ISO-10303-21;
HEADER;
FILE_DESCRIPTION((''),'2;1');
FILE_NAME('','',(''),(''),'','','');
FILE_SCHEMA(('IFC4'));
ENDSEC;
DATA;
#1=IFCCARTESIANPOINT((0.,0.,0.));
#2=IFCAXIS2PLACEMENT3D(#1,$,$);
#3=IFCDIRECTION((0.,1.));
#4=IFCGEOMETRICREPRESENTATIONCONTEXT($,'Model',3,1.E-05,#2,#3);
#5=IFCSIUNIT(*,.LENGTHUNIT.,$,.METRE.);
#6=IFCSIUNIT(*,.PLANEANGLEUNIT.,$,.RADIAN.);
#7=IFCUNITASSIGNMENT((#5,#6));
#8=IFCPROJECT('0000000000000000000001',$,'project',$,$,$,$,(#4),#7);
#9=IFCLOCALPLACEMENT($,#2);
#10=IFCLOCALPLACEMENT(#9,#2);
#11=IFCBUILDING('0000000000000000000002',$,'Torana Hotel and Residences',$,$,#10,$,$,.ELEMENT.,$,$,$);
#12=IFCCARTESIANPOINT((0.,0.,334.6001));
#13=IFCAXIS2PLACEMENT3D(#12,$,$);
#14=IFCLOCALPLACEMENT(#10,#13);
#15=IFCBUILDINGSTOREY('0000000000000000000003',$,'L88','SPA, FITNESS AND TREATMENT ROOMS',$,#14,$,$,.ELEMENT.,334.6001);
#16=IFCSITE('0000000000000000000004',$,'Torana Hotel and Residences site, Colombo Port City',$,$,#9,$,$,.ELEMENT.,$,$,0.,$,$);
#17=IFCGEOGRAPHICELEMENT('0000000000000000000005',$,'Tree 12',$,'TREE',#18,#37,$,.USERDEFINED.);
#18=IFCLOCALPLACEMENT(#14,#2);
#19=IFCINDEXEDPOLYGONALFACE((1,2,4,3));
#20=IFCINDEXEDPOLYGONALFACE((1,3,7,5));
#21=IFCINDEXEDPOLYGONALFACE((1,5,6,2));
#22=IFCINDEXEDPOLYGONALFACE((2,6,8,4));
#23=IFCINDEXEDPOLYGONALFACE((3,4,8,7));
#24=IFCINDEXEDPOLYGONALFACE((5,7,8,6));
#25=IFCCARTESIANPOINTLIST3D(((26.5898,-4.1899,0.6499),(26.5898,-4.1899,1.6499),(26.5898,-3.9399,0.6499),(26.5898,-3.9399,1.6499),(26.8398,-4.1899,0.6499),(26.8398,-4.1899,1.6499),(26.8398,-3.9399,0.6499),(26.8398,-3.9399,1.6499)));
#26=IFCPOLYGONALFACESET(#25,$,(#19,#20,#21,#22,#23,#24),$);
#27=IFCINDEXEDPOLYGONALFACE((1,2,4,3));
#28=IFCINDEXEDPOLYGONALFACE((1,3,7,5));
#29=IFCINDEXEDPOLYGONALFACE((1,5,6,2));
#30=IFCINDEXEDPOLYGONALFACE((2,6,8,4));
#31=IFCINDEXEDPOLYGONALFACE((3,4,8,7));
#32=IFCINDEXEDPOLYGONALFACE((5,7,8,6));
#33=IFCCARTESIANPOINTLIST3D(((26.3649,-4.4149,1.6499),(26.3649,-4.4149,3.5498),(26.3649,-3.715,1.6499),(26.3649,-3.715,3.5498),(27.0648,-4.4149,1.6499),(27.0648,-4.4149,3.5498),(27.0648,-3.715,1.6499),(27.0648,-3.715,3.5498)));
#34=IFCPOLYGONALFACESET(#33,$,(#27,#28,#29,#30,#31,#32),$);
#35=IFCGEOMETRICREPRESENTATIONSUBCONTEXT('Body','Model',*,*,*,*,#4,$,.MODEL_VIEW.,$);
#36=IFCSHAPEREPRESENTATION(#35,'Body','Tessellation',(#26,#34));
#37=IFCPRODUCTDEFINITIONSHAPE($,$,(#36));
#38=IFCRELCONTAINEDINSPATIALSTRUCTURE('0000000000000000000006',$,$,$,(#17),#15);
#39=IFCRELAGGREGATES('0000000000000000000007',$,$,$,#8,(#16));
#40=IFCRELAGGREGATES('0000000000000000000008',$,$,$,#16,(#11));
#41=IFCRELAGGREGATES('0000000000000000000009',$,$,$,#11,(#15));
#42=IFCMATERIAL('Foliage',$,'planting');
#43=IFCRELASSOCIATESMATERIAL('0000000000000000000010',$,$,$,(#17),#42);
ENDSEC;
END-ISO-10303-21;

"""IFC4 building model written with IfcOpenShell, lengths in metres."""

from ifc_helpers import new_model, si_unit, direction, frame, origin, origin_2d, place, context, subcontext, project, spatial, rectangle, extrude, material, element, save


model = new_model("IFC4")

# Units and contexts
model_context = context("Model", 3, precision=1e-05, world=origin(), true_north=direction((0.0, 1.0)))
body_context = subcontext(model_context, "Body", "Model", "MODEL_VIEW")
ifc_project = project(units=[si_unit("LENGTHUNIT", "METRE"), si_unit("PLANEANGLEUNIT", "RADIAN")], contexts=[model_context])

# Site, building, storey
site_placement = place(None, origin())
site = spatial("IfcSite", under=ifc_project, at=site_placement, Name="Torana Hotel and Residences site, Colombo Port City", CompositionType="ELEMENT", RefElevation=0.0)
building_placement = place(site_placement, origin())
building = spatial("IfcBuilding", under=site, at=building_placement, Name="Torana Hotel and Residences", CompositionType="ELEMENT")
storey_placement = place(building_placement, frame((0.0, 0.0, 334.6001)))
storey = spatial("IfcBuildingStorey", under=building, at=storey_placement, Name="L88", Description="SPA, FITNESS AND TREATMENT ROOMS", CompositionType="ELEMENT", Elevation=334.6001)

# Geographic element
ifc_material_1 = material(Name="Foliage", Category="planting")
for number, where, z_axis, x_axis, name in (
    (1, (26.7148, -4.0649, 0.6499), (0.0, 0.0, 1.0), (1.0, 0.0, 0.0), "Tree 12"),
):
    element("IfcGeographicElement", number, at=place(storey_placement, frame(where, z_axis=z_axis, x_axis=x_axis)), inside=storey, material=ifc_material_1, Name=name, ObjectType="TREE", PredefinedType="USERDEFINED", context=body_context, shape_type="SweptSolid", body=[
        extrude(rectangle(XDim=0.25, YDim=0.25, at=origin_2d()), origin(), (0.0, 0.0, 1.0), 1.0),
        extrude(rectangle(XDim=0.7, YDim=0.7, at=origin_2d()), frame((0.0, 0.0, 1.0)), (0.0, 0.0, 1.0), 1.8999),
    ])

save(model, "model.ifc")
